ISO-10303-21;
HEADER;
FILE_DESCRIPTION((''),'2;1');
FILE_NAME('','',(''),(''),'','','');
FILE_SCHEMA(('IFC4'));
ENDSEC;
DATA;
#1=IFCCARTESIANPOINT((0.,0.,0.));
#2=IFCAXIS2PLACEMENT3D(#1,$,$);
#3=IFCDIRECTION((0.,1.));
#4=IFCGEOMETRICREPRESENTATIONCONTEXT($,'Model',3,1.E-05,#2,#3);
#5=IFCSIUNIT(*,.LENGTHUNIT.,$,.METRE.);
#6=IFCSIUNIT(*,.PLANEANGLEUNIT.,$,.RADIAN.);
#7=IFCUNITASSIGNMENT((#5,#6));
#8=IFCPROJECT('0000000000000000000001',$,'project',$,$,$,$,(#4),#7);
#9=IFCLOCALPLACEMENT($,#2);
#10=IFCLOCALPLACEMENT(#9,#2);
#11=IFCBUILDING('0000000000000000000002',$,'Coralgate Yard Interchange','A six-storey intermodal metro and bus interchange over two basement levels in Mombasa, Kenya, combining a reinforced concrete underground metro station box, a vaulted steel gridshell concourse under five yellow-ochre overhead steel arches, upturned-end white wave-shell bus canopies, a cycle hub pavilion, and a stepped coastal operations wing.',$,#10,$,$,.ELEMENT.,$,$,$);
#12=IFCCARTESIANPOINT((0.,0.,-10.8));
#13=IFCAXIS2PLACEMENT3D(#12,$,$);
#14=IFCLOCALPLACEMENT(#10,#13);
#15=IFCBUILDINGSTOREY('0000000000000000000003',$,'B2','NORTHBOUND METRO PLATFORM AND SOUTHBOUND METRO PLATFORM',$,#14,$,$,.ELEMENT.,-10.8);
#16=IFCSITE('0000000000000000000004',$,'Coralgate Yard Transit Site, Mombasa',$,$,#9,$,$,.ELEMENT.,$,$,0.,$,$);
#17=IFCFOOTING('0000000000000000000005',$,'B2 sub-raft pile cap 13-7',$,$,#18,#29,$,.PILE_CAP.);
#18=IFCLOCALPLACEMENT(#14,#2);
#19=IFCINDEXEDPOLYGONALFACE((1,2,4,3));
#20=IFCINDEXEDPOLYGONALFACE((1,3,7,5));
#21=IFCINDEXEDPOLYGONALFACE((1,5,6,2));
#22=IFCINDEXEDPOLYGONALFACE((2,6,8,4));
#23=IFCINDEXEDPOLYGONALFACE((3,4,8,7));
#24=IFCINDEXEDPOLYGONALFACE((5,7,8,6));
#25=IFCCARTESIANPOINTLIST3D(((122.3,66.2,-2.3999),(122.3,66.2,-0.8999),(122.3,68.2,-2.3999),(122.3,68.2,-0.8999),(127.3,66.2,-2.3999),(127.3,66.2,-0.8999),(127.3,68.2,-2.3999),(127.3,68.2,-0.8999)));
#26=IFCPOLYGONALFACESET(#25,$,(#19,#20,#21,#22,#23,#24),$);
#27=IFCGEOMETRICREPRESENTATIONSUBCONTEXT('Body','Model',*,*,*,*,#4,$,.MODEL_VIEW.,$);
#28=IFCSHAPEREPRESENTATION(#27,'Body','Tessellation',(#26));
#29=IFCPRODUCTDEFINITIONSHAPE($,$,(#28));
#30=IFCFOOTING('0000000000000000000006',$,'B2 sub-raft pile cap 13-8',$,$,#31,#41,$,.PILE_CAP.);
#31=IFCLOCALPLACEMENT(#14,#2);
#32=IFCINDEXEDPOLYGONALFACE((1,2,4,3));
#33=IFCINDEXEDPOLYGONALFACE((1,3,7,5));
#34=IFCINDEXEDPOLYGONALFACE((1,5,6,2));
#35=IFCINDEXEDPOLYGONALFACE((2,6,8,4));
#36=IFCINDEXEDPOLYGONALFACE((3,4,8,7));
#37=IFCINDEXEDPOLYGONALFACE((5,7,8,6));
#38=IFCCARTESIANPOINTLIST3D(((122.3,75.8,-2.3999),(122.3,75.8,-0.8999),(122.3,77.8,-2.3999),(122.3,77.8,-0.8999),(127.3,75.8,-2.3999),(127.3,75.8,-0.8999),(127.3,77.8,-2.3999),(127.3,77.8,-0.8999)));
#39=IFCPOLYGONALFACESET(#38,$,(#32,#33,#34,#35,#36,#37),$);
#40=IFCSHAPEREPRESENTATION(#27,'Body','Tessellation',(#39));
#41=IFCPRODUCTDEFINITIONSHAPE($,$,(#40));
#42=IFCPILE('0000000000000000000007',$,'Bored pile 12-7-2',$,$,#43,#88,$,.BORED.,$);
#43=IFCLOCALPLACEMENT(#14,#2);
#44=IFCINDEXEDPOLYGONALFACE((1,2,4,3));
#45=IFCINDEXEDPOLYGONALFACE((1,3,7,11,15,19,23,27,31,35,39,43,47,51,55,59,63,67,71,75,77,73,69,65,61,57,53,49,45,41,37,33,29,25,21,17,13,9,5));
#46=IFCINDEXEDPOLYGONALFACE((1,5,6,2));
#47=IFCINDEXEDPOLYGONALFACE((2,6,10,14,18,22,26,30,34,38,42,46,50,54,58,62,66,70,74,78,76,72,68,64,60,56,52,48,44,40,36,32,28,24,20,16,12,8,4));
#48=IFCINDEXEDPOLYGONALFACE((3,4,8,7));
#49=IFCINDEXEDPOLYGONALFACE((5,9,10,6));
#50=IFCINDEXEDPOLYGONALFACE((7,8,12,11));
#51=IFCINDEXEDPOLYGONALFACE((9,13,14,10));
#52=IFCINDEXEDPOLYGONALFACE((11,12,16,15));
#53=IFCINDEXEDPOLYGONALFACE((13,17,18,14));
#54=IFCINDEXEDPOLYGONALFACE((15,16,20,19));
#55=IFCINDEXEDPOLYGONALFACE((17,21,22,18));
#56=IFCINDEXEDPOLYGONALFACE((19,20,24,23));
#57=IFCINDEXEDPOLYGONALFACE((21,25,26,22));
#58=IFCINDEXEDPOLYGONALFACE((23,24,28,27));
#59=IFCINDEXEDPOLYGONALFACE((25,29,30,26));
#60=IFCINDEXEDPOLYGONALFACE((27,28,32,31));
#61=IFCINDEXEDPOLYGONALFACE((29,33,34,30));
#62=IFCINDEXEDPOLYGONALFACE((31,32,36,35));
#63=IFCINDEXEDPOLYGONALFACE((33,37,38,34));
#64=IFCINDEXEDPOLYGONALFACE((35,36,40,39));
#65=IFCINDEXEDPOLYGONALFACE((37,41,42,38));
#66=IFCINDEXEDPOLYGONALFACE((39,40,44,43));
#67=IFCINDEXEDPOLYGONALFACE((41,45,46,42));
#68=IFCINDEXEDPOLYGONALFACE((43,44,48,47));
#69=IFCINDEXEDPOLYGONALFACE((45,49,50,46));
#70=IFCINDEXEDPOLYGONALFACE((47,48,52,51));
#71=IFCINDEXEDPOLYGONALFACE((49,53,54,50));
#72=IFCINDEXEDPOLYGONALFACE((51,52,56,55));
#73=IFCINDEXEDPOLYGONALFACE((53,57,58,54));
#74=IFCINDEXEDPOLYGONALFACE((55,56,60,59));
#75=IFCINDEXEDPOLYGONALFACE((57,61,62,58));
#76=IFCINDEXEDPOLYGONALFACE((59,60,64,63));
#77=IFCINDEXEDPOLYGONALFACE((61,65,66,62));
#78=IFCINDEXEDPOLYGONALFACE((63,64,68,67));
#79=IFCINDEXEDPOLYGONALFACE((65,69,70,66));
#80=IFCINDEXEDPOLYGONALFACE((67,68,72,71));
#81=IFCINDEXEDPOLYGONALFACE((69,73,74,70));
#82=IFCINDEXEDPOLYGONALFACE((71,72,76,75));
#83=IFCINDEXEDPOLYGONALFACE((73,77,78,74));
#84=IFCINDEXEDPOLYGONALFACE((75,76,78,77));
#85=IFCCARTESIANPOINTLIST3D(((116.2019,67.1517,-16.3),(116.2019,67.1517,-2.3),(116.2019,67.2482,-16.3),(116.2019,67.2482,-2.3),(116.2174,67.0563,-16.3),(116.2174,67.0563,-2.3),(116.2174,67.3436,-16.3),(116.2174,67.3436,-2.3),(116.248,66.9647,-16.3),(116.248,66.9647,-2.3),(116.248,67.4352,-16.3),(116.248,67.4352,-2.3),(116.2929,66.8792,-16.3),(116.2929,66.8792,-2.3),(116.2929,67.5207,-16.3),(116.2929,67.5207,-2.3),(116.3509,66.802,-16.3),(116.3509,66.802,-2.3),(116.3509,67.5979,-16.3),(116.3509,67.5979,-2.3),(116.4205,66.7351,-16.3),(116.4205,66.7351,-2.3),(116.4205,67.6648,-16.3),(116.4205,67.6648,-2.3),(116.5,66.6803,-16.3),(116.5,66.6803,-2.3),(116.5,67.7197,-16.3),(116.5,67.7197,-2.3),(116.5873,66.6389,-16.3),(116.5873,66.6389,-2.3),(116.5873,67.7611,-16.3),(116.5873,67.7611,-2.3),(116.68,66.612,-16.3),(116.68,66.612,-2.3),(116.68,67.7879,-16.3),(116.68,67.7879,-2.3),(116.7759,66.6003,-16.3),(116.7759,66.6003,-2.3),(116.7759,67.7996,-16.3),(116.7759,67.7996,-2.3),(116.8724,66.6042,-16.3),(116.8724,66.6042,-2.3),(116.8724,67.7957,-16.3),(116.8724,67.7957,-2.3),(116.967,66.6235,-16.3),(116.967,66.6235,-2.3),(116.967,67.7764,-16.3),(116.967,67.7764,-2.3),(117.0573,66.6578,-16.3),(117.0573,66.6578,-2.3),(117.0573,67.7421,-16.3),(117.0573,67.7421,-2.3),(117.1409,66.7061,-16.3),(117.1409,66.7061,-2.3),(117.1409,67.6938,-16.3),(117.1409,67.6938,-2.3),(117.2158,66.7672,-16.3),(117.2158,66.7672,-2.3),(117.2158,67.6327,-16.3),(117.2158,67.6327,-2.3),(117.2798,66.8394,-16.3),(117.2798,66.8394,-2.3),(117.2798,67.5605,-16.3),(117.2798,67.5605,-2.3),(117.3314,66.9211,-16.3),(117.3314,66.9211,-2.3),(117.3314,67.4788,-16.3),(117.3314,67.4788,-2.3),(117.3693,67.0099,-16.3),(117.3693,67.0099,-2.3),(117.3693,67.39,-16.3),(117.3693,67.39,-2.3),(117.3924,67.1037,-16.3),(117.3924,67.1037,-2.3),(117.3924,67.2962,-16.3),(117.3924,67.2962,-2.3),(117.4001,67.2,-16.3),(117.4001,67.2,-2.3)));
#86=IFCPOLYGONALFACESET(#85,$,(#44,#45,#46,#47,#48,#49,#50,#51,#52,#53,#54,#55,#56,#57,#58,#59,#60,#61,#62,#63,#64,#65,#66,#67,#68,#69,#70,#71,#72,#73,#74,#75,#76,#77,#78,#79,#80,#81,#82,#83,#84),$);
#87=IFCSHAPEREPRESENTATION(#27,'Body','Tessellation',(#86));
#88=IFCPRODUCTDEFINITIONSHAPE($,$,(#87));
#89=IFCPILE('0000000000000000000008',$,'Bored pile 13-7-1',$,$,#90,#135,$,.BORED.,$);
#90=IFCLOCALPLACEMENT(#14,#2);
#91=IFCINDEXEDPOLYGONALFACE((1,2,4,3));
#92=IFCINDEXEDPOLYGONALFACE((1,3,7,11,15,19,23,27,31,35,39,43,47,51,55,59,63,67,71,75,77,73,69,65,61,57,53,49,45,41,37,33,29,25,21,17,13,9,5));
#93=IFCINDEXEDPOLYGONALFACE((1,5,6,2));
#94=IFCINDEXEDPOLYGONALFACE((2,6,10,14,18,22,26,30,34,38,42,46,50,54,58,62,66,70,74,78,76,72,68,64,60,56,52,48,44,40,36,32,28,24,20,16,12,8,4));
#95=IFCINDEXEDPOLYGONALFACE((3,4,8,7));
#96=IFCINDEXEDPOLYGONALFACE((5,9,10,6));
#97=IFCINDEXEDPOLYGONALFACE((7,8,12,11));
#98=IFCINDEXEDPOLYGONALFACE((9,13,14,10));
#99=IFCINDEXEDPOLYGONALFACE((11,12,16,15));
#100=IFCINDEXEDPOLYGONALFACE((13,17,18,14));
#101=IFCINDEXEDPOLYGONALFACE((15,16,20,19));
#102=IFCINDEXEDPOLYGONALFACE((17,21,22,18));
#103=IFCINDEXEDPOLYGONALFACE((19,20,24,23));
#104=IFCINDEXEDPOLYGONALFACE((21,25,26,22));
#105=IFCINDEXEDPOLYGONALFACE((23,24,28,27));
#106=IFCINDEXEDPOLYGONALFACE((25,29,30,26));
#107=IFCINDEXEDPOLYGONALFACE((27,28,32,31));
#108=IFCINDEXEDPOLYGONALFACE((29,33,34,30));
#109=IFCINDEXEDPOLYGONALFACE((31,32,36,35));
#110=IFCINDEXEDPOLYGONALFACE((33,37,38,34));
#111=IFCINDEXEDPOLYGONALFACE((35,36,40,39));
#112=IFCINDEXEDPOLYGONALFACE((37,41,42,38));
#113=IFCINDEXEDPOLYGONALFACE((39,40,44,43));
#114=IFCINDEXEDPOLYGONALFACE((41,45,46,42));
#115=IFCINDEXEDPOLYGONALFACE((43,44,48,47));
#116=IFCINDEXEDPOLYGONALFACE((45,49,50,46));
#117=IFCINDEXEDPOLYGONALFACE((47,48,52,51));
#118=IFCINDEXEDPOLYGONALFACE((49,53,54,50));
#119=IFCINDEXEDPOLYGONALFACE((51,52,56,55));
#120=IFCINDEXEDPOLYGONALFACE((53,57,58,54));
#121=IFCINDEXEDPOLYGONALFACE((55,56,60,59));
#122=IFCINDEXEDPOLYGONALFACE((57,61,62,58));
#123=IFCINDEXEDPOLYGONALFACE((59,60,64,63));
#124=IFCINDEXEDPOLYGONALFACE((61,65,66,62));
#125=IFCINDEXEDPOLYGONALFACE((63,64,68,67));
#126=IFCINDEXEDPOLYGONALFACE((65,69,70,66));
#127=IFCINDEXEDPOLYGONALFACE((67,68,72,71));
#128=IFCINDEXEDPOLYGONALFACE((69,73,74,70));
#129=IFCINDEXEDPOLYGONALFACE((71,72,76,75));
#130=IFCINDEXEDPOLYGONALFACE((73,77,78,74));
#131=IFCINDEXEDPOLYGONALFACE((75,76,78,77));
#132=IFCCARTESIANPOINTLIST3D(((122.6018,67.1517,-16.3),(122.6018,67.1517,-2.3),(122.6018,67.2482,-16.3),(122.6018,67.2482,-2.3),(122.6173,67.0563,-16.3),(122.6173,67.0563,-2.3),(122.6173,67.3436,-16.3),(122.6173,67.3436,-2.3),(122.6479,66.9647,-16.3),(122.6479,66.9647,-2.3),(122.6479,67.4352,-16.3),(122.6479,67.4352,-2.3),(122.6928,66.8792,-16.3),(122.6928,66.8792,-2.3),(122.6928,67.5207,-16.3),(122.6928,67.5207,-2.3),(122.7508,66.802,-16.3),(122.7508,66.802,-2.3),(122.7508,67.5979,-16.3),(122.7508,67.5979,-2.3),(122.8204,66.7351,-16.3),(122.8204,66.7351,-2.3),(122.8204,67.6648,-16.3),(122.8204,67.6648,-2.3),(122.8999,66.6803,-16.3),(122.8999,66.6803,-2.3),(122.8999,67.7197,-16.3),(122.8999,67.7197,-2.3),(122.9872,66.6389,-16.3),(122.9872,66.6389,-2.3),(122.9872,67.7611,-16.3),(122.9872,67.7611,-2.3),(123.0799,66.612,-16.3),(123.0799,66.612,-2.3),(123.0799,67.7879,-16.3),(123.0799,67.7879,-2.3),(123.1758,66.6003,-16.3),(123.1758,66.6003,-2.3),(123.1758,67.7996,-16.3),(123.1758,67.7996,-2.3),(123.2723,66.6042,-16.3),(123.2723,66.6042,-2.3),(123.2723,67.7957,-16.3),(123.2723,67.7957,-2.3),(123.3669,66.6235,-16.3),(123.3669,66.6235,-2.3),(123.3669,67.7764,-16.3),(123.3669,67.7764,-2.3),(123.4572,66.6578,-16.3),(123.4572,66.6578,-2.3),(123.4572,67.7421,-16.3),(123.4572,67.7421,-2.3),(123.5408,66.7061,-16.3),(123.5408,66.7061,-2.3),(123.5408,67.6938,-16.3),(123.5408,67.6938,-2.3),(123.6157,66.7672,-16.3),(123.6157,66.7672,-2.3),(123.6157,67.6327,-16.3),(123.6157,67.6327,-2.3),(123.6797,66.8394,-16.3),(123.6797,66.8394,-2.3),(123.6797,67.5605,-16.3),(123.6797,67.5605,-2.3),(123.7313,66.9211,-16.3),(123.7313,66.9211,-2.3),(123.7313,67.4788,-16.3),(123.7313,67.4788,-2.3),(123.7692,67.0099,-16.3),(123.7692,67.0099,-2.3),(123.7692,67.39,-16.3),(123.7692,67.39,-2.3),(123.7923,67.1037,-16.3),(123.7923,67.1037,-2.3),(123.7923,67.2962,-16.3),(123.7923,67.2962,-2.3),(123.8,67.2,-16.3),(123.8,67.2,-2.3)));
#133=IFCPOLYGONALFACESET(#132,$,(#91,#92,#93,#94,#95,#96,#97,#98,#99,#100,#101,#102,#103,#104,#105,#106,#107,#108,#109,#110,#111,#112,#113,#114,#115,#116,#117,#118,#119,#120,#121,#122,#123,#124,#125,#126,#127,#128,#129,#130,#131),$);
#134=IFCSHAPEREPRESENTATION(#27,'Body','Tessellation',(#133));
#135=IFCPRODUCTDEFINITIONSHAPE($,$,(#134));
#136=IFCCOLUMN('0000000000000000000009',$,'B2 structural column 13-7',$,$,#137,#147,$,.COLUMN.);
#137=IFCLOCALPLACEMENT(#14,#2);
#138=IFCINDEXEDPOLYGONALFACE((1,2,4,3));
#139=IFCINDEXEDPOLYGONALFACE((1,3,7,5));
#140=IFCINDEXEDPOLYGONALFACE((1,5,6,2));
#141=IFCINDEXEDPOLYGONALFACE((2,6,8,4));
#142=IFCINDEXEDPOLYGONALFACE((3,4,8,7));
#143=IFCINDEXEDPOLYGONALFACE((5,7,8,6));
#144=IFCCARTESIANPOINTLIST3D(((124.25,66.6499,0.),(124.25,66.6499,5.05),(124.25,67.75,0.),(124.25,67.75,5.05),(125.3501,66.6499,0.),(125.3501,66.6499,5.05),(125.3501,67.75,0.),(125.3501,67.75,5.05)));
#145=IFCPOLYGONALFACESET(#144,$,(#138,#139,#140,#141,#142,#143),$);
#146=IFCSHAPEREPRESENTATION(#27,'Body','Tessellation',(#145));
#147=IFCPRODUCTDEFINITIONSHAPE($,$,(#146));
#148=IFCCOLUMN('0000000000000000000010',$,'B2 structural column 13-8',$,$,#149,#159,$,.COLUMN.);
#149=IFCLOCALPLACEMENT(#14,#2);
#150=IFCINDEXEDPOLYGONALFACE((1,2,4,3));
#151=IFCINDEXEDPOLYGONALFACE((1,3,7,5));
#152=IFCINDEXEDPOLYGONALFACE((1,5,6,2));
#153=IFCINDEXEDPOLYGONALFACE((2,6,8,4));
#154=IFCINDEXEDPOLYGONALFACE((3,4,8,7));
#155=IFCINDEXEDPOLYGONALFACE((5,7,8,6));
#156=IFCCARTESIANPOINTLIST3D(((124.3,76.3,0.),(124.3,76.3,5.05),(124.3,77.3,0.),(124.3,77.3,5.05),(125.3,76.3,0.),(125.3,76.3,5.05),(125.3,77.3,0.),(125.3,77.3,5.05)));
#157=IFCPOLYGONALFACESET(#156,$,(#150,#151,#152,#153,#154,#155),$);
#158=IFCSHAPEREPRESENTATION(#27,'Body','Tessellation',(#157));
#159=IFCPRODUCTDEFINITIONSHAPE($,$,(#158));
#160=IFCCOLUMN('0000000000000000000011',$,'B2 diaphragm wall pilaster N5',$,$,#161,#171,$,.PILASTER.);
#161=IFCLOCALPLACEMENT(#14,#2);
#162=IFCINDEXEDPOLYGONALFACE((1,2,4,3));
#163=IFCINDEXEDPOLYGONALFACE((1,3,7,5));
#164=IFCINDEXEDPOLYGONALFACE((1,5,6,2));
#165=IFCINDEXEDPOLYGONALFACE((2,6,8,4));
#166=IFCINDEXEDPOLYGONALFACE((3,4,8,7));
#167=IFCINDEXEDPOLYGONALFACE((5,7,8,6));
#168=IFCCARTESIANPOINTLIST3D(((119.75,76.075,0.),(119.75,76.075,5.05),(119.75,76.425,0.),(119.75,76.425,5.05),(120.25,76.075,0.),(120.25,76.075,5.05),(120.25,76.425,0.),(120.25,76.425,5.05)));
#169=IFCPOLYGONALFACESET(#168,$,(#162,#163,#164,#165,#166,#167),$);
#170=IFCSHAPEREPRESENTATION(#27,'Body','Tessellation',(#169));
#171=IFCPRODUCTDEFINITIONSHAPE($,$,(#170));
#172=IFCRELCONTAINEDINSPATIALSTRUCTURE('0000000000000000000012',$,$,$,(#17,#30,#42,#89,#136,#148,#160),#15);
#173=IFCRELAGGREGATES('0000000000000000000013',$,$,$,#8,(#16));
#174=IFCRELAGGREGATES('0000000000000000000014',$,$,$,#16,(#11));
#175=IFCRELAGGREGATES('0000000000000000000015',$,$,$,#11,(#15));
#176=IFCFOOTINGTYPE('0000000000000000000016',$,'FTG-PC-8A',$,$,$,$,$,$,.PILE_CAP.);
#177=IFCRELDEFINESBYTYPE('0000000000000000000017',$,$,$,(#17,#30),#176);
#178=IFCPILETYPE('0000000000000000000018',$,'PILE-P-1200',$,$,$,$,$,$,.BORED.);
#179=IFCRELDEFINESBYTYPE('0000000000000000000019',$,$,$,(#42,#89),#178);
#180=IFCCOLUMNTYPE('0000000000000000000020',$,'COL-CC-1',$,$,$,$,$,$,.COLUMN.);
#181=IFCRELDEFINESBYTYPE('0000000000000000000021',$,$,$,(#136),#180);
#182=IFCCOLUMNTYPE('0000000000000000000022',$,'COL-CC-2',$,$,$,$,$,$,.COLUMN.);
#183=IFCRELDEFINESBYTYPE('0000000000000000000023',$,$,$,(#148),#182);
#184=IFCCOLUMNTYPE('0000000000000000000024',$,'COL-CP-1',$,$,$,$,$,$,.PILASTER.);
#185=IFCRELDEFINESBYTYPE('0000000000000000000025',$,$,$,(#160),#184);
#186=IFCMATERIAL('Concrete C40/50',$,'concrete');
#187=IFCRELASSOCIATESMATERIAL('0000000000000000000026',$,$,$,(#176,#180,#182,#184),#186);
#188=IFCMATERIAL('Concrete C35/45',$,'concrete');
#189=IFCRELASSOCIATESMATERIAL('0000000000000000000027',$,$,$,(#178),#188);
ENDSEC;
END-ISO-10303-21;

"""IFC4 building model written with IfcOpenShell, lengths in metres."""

from ifc_helpers import new_model, si_unit, direction, frame, origin, origin_2d, place, context, subcontext, project, spatial, rectangle, circle, extrude, material, material_profile, profile_set, type_object, element, save


model = new_model("IFC4")

# Units and contexts
model_context = context("Model", 3, precision=1e-05, world=origin(), true_north=direction((0.0, 1.0)))
body_context = subcontext(model_context, "Body", "Model", "MODEL_VIEW")
ifc_project = project(units=[si_unit("LENGTHUNIT", "METRE"), si_unit("PLANEANGLEUNIT", "RADIAN")], contexts=[model_context])

# Site, building, storey
site_placement = place(None, origin())
site = spatial("IfcSite", under=ifc_project, at=site_placement, Name="Coralgate Yard Transit Site, Mombasa", CompositionType="ELEMENT", RefElevation=0.0)
building_placement = place(site_placement, origin())
building = spatial("IfcBuilding", under=site, at=building_placement, Name="Coralgate Yard Interchange", Description="A six-storey intermodal metro and bus interchange over two basement levels in Mombasa, Kenya, combining a reinforced concrete underground metro station box, a vaulted steel gridshell concourse under five yellow-ochre overhead steel arches, upturned-end white wave-shell bus canopies, a cycle hub pavilion, and a stepped coastal operations wing.", CompositionType="ELEMENT")
storey_placement = place(building_placement, frame((0.0, 0.0, -10.8)))
storey = spatial("IfcBuildingStorey", under=building, at=storey_placement, Name="B2", Description="NORTHBOUND METRO PLATFORM AND SOUTHBOUND METRO PLATFORM", CompositionType="ELEMENT", Elevation=-10.8)

# Footings
ifc_material_1 = material(Name="Concrete C40/50", Category="concrete")
footing_type = type_object("IfcFootingType", Name="FTG-PC-8A", PredefinedType="PILE_CAP", material=ifc_material_1)
for number, where, z_axis, x_axis, name in (
    (1, (124.8, 67.2, -2.3999), (0.0, 0.0, 1.0), (1.0, 0.0, 0.0), "B2 sub-raft pile cap 13-7"),
    (2, (124.8, 76.8, -2.3999), (0.0, 0.0, 1.0), (1.0, 0.0, 0.0), "B2 sub-raft pile cap 13-8"),
):
    element("IfcFooting", number, at=place(storey_placement, frame(where, z_axis=z_axis, x_axis=x_axis)), inside=storey, type_object=footing_type, Name=name, PredefinedType="PILE_CAP", context=body_context, shape_type="SweptSolid", body=[
        extrude(rectangle(XDim=5.0, YDim=2.0, at=origin_2d()), origin(), (0.0, 0.0, 1.0), 1.5),
    ])

# Piles
ifc_material_2 = material(Name="Concrete C35/45", Category="concrete")
ifc_material_profile_1 = material_profile(ifc_material_2, circle(Radius=0.6001, at=origin_2d()), Name="BORED PILE D1200")
ifc_profile_set_1 = profile_set([ifc_material_profile_1], Name="Concrete C35/45")
pile_type = type_object("IfcPileType", Name="PILE-P-1200", PredefinedType="BORED", material=ifc_profile_set_1)
for number, where, z_axis, x_axis, name in (
    (3, (116.8, 67.2, -2.3), (0.0, 0.0, -1.0), (1.0, 0.0, 0.0), "Bored pile 12-7-2"),
    (4, (123.2, 67.2, -2.3), (0.0, 0.0, -1.0), (1.0, 0.0, 0.0), "Bored pile 13-7-1"),
):
    element("IfcPile", number, at=place(storey_placement, frame(where, z_axis=z_axis, x_axis=x_axis)), inside=storey, type_object=pile_type, Name=name, PredefinedType="BORED", context=body_context, shape_type="SweptSolid", body=[
        extrude(circle(Radius=0.6001, at=origin_2d()), origin(), (0.0, 0.0, 1.0), 14.0),
    ])

# Columns
ifc_material_profile_2 = material_profile(ifc_material_1, rectangle(XDim=1.1001, YDim=1.1001, at=origin_2d()), Name="RC 1100x1100")
ifc_profile_set_2 = profile_set([ifc_material_profile_2], Name="Concrete C40/50")
column_type_1 = type_object("IfcColumnType", Name="COL-CC-1", PredefinedType="COLUMN", material=ifc_profile_set_2)
column_1_placement = place(storey_placement, frame((124.8, 67.2, 0.0), z_axis=(0.0, 0.0, 1.0), x_axis=(1.0, 0.0, 0.0)))
element("IfcColumn", 5, at=column_1_placement, inside=storey, type_object=column_type_1, Name="B2 structural column 13-7", PredefinedType="COLUMN", context=body_context, shape_type="SweptSolid", body=[
    extrude(rectangle(XDim=1.1001, YDim=1.1001, at=origin_2d()), origin(), (0.0, 0.0, 1.0), 5.05),
])
ifc_material_profile_3 = material_profile(ifc_material_1, rectangle(XDim=1.0, YDim=1.0, at=origin_2d()), Name="RC 1000x1000")
ifc_profile_set_3 = profile_set([ifc_material_profile_3], Name="Concrete C40/50")
column_type_2 = type_object("IfcColumnType", Name="COL-CC-2", PredefinedType="COLUMN", material=ifc_profile_set_3)
column_2_placement = place(storey_placement, frame((124.8, 76.8, 0.0), z_axis=(0.0, 0.0, 1.0), x_axis=(1.0, 0.0, 0.0)))
element("IfcColumn", 6, at=column_2_placement, inside=storey, type_object=column_type_2, Name="B2 structural column 13-8", PredefinedType="COLUMN", context=body_context, shape_type="SweptSolid", body=[
    extrude(rectangle(XDim=1.0, YDim=1.0, at=origin_2d()), origin(), (0.0, 0.0, 1.0), 5.05),
])
ifc_material_profile_4 = material_profile(ifc_material_1, rectangle(XDim=0.5, YDim=0.3501, at=origin_2d()), Name="RC 500x350")
ifc_profile_set_4 = profile_set([ifc_material_profile_4], Name="Concrete C40/50")
column_type_3 = type_object("IfcColumnType", Name="COL-CP-1", PredefinedType="PILASTER", material=ifc_profile_set_4)
column_3_placement = place(storey_placement, frame((120.0, 76.25, 0.0), z_axis=(0.0, 0.0, 1.0), x_axis=(1.0, 0.0, 0.0)))
element("IfcColumn", 7, at=column_3_placement, inside=storey, type_object=column_type_3, Name="B2 diaphragm wall pilaster N5", PredefinedType="PILASTER", context=body_context, shape_type="SweptSolid", body=[
    extrude(rectangle(XDim=0.5, YDim=0.3501, at=origin_2d()), origin(), (0.0, 0.0, 1.0), 5.05),
])

save(model, "model.ifc")
